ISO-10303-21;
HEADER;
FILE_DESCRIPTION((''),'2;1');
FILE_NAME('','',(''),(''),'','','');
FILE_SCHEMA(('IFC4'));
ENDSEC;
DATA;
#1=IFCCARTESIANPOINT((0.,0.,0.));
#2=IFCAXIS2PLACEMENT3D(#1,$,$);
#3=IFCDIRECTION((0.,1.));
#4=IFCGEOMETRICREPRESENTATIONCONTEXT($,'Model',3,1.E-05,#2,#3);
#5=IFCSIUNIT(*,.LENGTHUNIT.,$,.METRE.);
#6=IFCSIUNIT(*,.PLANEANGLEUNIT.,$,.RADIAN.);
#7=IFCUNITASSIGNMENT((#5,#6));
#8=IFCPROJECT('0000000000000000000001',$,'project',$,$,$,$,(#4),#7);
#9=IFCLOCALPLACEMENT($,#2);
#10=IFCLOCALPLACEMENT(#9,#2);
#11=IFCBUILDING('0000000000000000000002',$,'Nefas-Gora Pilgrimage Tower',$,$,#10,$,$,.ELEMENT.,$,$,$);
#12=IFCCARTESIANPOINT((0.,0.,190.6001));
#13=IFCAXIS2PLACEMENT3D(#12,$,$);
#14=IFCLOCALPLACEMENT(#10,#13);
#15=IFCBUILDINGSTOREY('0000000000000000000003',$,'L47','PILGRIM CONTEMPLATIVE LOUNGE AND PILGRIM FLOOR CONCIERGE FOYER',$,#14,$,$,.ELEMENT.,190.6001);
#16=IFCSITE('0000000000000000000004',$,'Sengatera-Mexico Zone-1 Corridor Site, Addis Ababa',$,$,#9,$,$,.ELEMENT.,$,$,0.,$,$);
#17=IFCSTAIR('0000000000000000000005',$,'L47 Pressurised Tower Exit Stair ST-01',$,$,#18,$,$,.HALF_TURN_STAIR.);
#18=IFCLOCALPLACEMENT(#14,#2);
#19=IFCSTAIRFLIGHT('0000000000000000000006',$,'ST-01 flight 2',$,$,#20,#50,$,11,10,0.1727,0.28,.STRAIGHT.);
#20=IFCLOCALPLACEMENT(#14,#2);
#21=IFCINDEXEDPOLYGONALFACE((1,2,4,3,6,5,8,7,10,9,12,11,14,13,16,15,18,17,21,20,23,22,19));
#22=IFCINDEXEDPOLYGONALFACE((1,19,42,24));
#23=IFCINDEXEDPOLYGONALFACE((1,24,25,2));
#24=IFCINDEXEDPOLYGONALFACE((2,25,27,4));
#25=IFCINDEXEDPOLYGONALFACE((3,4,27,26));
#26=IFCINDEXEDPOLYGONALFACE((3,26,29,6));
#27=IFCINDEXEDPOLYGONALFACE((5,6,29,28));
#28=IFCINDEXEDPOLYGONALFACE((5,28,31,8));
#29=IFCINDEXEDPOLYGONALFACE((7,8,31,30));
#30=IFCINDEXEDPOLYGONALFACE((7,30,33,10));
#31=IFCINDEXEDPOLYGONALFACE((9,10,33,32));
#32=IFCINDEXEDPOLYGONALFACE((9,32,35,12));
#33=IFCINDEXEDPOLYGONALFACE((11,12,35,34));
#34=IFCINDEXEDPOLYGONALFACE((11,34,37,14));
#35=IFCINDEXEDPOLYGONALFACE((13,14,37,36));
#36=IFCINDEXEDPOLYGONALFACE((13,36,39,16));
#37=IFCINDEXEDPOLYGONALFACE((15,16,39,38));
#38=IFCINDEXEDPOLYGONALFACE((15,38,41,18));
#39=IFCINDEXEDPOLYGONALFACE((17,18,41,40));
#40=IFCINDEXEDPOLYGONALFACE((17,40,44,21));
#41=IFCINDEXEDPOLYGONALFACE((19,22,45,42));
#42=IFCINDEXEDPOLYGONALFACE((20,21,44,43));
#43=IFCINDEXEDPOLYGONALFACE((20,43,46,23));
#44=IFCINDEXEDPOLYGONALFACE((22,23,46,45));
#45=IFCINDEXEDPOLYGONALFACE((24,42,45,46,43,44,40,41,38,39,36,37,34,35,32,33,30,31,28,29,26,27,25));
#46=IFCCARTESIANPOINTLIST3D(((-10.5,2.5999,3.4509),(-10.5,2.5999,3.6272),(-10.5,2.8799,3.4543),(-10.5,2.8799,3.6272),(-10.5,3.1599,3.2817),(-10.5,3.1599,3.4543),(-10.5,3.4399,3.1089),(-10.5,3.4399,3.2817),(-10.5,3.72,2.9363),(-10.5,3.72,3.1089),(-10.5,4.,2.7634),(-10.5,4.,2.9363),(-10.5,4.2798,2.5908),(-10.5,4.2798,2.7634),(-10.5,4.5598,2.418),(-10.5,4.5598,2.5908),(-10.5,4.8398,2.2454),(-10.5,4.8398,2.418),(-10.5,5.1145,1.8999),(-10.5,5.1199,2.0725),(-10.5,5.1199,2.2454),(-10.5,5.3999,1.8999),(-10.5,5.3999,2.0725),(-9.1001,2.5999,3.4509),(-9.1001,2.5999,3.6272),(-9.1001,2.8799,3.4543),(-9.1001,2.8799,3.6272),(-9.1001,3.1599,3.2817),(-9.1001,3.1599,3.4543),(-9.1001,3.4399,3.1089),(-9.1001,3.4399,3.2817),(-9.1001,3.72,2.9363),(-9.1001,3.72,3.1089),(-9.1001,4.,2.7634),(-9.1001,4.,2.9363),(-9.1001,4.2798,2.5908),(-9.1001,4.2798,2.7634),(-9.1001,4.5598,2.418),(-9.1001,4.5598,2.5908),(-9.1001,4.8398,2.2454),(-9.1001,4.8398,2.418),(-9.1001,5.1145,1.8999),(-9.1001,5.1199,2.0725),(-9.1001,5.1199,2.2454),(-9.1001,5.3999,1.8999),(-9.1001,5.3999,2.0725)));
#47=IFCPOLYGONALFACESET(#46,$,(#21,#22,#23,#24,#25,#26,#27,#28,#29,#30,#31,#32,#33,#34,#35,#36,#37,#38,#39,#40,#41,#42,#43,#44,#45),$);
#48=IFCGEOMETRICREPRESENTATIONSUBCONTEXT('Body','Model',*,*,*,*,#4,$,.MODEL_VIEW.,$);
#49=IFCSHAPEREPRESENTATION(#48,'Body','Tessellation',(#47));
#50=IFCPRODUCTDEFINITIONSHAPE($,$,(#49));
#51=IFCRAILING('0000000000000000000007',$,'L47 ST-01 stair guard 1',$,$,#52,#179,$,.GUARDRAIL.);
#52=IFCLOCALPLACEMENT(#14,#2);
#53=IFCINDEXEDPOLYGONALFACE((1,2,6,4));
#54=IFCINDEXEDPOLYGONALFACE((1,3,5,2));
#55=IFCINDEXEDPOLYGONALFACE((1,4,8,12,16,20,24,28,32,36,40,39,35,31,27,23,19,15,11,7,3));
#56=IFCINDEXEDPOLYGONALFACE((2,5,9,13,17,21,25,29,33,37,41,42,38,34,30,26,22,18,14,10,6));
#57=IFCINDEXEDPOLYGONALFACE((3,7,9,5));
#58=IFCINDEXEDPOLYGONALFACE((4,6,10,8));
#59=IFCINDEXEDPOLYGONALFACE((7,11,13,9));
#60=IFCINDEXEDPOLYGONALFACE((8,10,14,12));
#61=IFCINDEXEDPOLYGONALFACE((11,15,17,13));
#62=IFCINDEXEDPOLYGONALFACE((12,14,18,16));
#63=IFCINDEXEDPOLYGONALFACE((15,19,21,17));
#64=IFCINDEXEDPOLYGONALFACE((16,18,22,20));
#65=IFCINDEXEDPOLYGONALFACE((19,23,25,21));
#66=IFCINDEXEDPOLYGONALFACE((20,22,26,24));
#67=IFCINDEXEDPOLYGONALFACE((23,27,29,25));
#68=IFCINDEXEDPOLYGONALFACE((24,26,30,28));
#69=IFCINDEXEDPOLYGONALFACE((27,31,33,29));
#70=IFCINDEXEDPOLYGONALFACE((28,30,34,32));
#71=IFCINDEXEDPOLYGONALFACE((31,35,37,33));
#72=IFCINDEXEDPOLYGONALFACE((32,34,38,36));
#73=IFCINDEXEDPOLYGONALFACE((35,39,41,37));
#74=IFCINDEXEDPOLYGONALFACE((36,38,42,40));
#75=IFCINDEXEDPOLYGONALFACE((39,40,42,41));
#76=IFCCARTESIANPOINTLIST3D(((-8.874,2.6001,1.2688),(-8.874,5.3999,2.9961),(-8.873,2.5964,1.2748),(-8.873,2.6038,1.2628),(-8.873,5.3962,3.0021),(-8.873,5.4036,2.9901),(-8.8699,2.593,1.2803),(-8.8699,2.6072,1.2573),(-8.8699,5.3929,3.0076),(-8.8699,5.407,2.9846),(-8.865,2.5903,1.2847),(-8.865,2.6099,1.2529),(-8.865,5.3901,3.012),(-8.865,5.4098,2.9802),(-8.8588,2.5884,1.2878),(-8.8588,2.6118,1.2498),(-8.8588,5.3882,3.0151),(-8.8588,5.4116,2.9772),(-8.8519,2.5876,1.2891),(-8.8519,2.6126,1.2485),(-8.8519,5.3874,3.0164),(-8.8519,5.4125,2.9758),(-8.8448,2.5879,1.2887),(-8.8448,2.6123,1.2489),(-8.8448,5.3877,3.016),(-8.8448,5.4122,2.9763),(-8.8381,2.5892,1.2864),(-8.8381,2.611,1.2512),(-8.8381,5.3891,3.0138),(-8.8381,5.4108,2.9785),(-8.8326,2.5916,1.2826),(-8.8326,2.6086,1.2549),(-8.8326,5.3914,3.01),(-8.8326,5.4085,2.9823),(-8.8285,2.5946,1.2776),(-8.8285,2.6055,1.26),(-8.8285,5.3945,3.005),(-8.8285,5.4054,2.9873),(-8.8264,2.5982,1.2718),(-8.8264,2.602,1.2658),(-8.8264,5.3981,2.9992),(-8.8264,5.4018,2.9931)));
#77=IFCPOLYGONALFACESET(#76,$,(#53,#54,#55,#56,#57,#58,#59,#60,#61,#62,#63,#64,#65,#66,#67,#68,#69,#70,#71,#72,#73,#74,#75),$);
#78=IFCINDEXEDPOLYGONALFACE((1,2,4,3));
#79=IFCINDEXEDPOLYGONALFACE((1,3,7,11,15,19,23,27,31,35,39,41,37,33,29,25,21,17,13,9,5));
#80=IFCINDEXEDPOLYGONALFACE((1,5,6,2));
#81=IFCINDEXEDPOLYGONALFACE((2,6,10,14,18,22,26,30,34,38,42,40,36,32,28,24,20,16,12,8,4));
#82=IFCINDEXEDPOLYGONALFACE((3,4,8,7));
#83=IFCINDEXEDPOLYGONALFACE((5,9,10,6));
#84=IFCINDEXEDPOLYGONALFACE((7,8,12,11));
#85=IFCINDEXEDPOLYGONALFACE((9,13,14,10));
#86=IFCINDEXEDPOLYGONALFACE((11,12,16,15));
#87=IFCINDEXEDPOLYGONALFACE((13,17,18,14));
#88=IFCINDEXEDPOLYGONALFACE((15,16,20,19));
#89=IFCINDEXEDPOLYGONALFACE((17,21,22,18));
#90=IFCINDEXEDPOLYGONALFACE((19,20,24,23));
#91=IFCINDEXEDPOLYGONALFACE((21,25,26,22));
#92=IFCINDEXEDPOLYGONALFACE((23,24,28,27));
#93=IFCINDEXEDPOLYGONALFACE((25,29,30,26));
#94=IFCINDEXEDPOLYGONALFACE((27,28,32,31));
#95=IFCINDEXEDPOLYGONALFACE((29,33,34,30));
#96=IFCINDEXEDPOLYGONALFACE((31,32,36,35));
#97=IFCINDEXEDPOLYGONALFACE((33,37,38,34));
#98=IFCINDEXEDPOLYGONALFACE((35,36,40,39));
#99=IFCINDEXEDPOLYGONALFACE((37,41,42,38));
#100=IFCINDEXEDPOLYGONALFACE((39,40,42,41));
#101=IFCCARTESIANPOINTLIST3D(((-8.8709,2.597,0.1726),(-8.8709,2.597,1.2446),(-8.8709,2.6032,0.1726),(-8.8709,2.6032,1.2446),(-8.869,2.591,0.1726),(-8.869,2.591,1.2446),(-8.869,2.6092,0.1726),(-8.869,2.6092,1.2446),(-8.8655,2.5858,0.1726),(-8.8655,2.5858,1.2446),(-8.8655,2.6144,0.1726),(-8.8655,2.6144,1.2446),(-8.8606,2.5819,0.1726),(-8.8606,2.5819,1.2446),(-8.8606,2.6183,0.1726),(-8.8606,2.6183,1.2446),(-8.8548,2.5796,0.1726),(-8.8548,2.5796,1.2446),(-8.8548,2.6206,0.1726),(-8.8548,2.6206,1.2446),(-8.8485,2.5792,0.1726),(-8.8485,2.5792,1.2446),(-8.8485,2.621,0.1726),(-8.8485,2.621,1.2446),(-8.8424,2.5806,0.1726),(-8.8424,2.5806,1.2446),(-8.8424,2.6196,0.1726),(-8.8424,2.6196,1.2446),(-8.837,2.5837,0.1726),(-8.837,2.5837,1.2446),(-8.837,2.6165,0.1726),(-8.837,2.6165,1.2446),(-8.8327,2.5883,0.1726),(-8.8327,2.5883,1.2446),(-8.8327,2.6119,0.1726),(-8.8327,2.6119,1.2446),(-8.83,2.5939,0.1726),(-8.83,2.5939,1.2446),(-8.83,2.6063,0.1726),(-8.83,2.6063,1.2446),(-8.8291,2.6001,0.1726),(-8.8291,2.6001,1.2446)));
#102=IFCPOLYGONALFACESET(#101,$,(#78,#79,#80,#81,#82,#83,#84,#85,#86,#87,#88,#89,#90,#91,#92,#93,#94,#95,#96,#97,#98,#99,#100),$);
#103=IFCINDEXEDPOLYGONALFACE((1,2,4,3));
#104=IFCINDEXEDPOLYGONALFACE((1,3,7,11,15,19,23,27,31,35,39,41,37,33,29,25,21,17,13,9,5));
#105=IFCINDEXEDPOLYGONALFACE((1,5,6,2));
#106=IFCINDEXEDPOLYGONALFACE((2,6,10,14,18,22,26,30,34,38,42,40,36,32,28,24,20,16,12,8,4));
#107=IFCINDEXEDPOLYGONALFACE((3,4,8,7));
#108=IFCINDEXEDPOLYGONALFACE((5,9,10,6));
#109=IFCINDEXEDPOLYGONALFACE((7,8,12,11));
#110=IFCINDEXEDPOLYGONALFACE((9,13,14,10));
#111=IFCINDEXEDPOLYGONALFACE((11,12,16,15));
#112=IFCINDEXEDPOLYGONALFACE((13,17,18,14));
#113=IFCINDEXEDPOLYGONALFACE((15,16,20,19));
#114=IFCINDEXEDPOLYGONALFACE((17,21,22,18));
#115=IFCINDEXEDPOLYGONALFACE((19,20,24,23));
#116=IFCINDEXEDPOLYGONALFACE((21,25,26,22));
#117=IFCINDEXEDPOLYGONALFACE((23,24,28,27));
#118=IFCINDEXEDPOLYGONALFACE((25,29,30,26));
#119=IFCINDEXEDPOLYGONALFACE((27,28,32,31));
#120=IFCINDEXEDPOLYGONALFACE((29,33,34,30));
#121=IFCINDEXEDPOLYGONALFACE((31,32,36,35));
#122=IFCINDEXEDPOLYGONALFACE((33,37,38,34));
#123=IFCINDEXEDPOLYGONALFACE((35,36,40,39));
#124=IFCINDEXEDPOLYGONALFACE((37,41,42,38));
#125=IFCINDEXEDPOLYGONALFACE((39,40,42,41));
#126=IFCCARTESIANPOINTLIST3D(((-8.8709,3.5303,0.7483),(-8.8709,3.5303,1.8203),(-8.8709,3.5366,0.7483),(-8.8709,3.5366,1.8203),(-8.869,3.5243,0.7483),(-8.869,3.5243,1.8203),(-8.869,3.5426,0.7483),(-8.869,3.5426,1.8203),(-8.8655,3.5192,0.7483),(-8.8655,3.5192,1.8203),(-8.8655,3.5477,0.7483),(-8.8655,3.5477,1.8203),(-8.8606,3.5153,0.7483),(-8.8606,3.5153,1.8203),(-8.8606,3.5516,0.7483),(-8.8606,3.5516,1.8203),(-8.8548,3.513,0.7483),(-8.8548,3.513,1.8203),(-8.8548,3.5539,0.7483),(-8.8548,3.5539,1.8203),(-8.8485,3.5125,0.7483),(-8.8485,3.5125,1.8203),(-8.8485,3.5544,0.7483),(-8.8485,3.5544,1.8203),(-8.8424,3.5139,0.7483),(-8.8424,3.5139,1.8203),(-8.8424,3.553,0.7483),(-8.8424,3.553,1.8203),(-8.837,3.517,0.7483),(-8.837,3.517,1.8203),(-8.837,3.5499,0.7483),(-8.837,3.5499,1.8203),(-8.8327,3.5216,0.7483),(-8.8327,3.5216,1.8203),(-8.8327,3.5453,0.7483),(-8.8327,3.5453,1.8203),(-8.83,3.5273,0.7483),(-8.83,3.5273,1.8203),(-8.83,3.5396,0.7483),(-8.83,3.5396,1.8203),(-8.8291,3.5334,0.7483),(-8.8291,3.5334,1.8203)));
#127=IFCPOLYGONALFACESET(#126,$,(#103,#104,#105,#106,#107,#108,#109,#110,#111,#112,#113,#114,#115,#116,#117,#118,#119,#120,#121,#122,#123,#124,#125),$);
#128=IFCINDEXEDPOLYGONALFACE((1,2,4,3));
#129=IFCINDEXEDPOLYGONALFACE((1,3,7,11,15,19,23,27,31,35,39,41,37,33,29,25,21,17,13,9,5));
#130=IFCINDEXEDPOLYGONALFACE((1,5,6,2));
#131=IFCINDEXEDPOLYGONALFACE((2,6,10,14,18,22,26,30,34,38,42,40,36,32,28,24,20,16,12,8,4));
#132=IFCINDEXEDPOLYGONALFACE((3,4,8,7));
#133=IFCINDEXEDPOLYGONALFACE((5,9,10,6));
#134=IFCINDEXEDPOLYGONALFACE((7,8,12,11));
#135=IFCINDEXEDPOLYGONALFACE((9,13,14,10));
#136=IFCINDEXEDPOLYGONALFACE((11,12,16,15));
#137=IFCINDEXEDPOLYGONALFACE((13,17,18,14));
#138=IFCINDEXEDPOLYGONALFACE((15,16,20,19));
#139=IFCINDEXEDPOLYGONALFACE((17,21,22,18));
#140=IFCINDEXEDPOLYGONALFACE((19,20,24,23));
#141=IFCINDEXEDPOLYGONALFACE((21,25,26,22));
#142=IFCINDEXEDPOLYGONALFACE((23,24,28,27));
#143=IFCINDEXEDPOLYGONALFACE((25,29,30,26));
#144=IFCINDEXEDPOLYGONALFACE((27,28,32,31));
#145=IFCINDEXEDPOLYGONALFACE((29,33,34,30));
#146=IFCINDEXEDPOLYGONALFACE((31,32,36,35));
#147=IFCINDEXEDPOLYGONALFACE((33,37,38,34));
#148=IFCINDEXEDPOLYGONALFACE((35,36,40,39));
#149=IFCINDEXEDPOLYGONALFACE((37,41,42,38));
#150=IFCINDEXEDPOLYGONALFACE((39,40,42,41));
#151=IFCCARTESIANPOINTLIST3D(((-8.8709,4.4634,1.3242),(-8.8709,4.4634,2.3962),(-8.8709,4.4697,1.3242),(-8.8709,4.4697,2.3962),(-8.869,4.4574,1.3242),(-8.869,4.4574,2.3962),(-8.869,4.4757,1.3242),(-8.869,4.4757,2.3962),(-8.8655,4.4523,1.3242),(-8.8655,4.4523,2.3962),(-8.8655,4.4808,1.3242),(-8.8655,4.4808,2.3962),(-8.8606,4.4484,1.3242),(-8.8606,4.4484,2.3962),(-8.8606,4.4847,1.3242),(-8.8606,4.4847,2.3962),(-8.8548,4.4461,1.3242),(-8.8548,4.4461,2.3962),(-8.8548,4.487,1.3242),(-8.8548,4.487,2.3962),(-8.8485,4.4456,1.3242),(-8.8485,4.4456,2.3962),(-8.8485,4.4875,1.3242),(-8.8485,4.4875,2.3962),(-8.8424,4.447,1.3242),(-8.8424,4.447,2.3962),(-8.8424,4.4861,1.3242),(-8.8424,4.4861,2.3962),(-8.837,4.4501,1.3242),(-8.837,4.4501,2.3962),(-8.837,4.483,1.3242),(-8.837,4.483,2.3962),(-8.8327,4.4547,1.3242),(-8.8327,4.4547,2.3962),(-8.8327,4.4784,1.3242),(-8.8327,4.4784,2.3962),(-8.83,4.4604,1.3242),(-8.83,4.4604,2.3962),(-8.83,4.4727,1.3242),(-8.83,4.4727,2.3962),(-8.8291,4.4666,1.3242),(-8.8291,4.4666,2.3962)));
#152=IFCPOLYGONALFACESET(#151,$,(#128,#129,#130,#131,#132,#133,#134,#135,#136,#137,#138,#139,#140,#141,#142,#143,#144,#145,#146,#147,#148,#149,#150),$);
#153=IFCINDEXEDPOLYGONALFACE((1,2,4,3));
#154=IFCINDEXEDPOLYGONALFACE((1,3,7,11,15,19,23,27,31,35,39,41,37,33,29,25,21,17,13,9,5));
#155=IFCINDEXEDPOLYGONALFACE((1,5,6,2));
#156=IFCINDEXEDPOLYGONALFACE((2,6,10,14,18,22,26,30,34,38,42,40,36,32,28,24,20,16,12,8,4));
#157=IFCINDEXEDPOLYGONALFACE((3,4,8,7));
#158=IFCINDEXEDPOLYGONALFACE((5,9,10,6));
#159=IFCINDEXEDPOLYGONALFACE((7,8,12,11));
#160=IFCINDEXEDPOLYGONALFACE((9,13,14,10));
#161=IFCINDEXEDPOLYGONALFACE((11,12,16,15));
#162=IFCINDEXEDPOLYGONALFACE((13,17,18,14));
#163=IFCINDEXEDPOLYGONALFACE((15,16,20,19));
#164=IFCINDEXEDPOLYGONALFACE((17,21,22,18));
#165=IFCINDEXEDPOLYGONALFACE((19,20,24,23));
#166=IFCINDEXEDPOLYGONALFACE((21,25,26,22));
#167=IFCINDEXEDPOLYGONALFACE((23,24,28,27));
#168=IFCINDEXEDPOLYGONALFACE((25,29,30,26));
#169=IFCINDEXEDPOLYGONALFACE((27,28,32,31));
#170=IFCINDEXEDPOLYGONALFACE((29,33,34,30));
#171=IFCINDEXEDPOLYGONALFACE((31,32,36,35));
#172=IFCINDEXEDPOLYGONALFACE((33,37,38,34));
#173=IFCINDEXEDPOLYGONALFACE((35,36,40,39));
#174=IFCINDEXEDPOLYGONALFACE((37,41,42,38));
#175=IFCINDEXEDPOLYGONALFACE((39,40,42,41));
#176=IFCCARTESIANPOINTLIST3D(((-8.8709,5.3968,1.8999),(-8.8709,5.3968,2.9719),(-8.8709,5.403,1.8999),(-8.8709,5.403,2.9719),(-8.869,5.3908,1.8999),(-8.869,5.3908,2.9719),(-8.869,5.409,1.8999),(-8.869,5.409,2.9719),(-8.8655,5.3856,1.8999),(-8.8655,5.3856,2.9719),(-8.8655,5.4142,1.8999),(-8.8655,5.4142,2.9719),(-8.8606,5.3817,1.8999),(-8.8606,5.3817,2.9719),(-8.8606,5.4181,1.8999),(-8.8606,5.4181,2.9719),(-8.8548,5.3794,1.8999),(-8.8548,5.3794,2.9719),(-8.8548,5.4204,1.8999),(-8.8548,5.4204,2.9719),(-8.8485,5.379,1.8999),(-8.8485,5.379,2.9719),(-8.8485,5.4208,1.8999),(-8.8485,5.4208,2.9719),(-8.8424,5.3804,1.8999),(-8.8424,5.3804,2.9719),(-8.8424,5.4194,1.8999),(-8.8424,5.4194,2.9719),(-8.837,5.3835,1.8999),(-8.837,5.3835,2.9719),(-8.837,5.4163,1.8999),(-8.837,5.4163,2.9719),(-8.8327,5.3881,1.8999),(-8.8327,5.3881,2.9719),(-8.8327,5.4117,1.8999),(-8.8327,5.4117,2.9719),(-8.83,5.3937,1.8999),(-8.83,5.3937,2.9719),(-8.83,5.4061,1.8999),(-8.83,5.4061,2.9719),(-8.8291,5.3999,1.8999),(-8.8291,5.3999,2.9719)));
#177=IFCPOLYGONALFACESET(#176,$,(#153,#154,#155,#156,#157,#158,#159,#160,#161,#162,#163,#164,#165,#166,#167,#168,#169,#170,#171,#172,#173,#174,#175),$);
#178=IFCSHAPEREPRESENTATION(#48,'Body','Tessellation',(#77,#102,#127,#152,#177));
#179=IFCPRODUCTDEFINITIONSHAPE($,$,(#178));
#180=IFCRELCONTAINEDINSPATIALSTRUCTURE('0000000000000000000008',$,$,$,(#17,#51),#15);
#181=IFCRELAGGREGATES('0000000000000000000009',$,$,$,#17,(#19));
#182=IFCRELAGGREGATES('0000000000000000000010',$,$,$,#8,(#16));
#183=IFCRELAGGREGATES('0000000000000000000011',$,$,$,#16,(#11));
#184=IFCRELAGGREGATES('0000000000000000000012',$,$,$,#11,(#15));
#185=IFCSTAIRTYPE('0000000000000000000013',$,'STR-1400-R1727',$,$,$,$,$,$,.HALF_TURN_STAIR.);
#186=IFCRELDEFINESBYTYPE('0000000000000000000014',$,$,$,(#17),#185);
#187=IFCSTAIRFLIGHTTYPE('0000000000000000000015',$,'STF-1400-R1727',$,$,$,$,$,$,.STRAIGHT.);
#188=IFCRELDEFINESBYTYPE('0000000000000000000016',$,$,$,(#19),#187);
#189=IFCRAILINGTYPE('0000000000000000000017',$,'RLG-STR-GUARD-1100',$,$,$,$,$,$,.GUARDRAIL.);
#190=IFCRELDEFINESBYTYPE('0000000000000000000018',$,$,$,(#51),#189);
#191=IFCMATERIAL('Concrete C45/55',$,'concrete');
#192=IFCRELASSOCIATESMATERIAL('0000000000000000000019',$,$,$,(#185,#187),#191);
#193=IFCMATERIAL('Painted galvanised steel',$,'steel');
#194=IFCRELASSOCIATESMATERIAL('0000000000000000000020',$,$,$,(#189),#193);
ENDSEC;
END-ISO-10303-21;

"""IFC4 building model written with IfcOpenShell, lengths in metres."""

from ifc_helpers import new_model, si_unit, direction, frame, origin, origin_2d, place, context, subcontext, project, spatial, polyline, circle, outline, extrude, source, transform, mapped, material, type_object, element, aggregate, save


model = new_model("IFC4")

# Units and contexts
model_context = context("Model", 3, precision=1e-05, world=origin(), true_north=direction((0.0, 1.0)))
body_context = subcontext(model_context, "Body", "Model", "MODEL_VIEW")
ifc_project = project(units=[si_unit("LENGTHUNIT", "METRE"), si_unit("PLANEANGLEUNIT", "RADIAN")], contexts=[model_context])

# Site, building, storey
site_placement = place(None, origin())
site = spatial("IfcSite", under=ifc_project, at=site_placement, Name="Sengatera-Mexico Zone-1 Corridor Site, Addis Ababa", CompositionType="ELEMENT", RefElevation=0.0)
building_placement = place(site_placement, origin())
building = spatial("IfcBuilding", under=site, at=building_placement, Name="Nefas-Gora Pilgrimage Tower", CompositionType="ELEMENT")
storey_placement = place(building_placement, frame((0.0, 0.0, 190.6001)))
storey = spatial("IfcBuildingStorey", under=building, at=storey_placement, Name="L47", Description="PILGRIM CONTEMPLATIVE LOUNGE AND PILGRIM FLOOR CONCIERGE FOYER", CompositionType="ELEMENT", Elevation=190.6001)

# Shared definitions
ifc_material_1 = material(Name="Concrete C45/55", Category="concrete")

# Stair, stair flight
stair_type = type_object("IfcStairType", Name="STR-1400-R1727", PredefinedType="HALF_TURN_STAIR", material=ifc_material_1)
stair_placement = place(storey_placement, origin())
stair = element("IfcStair", 1, at=stair_placement, inside=storey, type_object=stair_type, Name="L47 Pressurised Tower Exit Stair ST-01", PredefinedType="HALF_TURN_STAIR")
stair_flight_type = type_object("IfcStairFlightType", Name="STF-1400-R1727", PredefinedType="STRAIGHT", material=ifc_material_1)
shared_shape_1 = source(origin(), body_context, "Body", "SweptSolid", [
    extrude(outline(polyline([(0.0, 0.0), (0.0, 0.1726), (0.28, 0.1726), (0.28, 0.3455), (0.5601, 0.3455), (0.5601, 0.5181), (0.8401, 0.5181), (0.8401, 0.6909), (1.1201, 0.6909), (1.1201, 0.8635), (1.3999, 0.8635), (1.3999, 1.0364), (1.6799, 1.0364), (1.6799, 1.209), (1.96, 1.209), (1.96, 1.3818), (2.24, 1.3818), (2.24, 1.5544), (2.52, 1.5544), (2.52, 1.7273), (2.8, 1.7273), (2.8, 1.8999), (2.8, 1.551), (0.2854, 0.0), (0.0, 0.0)])), frame((0.0, 0.7, 0.0), z_axis=(0.0, -1.0, 0.0), x_axis=(1.0, 0.0, 0.0)), (0.0, 0.0, 1.0), 1.3999),
])
stair_flight_1_placement = place(storey_placement, frame((-9.8, 5.3999, 1.8999), z_axis=(0.0, 0.0, 1.0), x_axis=(0.0, -1.0, 0.0)))
stair_flight_1 = element("IfcStairFlight", 2, at=stair_flight_1_placement, type_object=stair_flight_type, Name="ST-01 flight 2", NumberOfRisers=11, NumberOfTreads=10, PredefinedType="STRAIGHT", RiserHeight=0.1727, TreadLength=0.28, context=body_context, shape_type="MappedRepresentation", body=[
    mapped(shared_shape_1, transform((0.0, 0.0, 0.0), x_axis=(1.0, 0.0, 0.0), y_axis=(0.0, 1.0, 0.0), z_axis=(0.0, 0.0, 1.0), scale=1.0)),
])
aggregate(stair, [stair_flight_1])

# Railing
ifc_material_2 = material(Name="Painted galvanised steel", Category="steel")
railing_type_1 = type_object("IfcRailingType", Name="RLG-STR-GUARD-1100", PredefinedType="GUARDRAIL", material=ifc_material_2)
railing_1_placement = place(storey_placement, frame((-8.8501, 2.6001, 0.1726)))
element("IfcRailing", 3, at=railing_1_placement, inside=storey, type_object=railing_type_1, Name="L47 ST-01 stair guard 1", PredefinedType="GUARDRAIL", context=body_context, shape_type="SweptSolid", body=[
    extrude(circle(Radius=0.0239, at=origin_2d()), frame((0.0, 0.0, 1.0962), z_axis=(0.0, 0.851069, 0.525054), x_axis=(-1.0, 0.0, 0.0)), (0.0, 0.0, 1.0), 3.2898),
    extrude(circle(Radius=0.021, at=origin_2d()), origin(), (0.0, 0.0, 1.0), 1.072),
    extrude(circle(Radius=0.021, at=origin_2d()), frame((0.0, 0.9333, 0.5757)), (0.0, 0.0, 1.0), 1.072),
    extrude(circle(Radius=0.021, at=origin_2d()), frame((0.0, 1.8665, 1.1516)), (0.0, 0.0, 1.0), 1.072),
    extrude(circle(Radius=0.021, at=origin_2d()), frame((0.0, 2.7998, 1.7273)), (0.0, 0.0, 1.0), 1.072),
])

save(model, "model.ifc")
